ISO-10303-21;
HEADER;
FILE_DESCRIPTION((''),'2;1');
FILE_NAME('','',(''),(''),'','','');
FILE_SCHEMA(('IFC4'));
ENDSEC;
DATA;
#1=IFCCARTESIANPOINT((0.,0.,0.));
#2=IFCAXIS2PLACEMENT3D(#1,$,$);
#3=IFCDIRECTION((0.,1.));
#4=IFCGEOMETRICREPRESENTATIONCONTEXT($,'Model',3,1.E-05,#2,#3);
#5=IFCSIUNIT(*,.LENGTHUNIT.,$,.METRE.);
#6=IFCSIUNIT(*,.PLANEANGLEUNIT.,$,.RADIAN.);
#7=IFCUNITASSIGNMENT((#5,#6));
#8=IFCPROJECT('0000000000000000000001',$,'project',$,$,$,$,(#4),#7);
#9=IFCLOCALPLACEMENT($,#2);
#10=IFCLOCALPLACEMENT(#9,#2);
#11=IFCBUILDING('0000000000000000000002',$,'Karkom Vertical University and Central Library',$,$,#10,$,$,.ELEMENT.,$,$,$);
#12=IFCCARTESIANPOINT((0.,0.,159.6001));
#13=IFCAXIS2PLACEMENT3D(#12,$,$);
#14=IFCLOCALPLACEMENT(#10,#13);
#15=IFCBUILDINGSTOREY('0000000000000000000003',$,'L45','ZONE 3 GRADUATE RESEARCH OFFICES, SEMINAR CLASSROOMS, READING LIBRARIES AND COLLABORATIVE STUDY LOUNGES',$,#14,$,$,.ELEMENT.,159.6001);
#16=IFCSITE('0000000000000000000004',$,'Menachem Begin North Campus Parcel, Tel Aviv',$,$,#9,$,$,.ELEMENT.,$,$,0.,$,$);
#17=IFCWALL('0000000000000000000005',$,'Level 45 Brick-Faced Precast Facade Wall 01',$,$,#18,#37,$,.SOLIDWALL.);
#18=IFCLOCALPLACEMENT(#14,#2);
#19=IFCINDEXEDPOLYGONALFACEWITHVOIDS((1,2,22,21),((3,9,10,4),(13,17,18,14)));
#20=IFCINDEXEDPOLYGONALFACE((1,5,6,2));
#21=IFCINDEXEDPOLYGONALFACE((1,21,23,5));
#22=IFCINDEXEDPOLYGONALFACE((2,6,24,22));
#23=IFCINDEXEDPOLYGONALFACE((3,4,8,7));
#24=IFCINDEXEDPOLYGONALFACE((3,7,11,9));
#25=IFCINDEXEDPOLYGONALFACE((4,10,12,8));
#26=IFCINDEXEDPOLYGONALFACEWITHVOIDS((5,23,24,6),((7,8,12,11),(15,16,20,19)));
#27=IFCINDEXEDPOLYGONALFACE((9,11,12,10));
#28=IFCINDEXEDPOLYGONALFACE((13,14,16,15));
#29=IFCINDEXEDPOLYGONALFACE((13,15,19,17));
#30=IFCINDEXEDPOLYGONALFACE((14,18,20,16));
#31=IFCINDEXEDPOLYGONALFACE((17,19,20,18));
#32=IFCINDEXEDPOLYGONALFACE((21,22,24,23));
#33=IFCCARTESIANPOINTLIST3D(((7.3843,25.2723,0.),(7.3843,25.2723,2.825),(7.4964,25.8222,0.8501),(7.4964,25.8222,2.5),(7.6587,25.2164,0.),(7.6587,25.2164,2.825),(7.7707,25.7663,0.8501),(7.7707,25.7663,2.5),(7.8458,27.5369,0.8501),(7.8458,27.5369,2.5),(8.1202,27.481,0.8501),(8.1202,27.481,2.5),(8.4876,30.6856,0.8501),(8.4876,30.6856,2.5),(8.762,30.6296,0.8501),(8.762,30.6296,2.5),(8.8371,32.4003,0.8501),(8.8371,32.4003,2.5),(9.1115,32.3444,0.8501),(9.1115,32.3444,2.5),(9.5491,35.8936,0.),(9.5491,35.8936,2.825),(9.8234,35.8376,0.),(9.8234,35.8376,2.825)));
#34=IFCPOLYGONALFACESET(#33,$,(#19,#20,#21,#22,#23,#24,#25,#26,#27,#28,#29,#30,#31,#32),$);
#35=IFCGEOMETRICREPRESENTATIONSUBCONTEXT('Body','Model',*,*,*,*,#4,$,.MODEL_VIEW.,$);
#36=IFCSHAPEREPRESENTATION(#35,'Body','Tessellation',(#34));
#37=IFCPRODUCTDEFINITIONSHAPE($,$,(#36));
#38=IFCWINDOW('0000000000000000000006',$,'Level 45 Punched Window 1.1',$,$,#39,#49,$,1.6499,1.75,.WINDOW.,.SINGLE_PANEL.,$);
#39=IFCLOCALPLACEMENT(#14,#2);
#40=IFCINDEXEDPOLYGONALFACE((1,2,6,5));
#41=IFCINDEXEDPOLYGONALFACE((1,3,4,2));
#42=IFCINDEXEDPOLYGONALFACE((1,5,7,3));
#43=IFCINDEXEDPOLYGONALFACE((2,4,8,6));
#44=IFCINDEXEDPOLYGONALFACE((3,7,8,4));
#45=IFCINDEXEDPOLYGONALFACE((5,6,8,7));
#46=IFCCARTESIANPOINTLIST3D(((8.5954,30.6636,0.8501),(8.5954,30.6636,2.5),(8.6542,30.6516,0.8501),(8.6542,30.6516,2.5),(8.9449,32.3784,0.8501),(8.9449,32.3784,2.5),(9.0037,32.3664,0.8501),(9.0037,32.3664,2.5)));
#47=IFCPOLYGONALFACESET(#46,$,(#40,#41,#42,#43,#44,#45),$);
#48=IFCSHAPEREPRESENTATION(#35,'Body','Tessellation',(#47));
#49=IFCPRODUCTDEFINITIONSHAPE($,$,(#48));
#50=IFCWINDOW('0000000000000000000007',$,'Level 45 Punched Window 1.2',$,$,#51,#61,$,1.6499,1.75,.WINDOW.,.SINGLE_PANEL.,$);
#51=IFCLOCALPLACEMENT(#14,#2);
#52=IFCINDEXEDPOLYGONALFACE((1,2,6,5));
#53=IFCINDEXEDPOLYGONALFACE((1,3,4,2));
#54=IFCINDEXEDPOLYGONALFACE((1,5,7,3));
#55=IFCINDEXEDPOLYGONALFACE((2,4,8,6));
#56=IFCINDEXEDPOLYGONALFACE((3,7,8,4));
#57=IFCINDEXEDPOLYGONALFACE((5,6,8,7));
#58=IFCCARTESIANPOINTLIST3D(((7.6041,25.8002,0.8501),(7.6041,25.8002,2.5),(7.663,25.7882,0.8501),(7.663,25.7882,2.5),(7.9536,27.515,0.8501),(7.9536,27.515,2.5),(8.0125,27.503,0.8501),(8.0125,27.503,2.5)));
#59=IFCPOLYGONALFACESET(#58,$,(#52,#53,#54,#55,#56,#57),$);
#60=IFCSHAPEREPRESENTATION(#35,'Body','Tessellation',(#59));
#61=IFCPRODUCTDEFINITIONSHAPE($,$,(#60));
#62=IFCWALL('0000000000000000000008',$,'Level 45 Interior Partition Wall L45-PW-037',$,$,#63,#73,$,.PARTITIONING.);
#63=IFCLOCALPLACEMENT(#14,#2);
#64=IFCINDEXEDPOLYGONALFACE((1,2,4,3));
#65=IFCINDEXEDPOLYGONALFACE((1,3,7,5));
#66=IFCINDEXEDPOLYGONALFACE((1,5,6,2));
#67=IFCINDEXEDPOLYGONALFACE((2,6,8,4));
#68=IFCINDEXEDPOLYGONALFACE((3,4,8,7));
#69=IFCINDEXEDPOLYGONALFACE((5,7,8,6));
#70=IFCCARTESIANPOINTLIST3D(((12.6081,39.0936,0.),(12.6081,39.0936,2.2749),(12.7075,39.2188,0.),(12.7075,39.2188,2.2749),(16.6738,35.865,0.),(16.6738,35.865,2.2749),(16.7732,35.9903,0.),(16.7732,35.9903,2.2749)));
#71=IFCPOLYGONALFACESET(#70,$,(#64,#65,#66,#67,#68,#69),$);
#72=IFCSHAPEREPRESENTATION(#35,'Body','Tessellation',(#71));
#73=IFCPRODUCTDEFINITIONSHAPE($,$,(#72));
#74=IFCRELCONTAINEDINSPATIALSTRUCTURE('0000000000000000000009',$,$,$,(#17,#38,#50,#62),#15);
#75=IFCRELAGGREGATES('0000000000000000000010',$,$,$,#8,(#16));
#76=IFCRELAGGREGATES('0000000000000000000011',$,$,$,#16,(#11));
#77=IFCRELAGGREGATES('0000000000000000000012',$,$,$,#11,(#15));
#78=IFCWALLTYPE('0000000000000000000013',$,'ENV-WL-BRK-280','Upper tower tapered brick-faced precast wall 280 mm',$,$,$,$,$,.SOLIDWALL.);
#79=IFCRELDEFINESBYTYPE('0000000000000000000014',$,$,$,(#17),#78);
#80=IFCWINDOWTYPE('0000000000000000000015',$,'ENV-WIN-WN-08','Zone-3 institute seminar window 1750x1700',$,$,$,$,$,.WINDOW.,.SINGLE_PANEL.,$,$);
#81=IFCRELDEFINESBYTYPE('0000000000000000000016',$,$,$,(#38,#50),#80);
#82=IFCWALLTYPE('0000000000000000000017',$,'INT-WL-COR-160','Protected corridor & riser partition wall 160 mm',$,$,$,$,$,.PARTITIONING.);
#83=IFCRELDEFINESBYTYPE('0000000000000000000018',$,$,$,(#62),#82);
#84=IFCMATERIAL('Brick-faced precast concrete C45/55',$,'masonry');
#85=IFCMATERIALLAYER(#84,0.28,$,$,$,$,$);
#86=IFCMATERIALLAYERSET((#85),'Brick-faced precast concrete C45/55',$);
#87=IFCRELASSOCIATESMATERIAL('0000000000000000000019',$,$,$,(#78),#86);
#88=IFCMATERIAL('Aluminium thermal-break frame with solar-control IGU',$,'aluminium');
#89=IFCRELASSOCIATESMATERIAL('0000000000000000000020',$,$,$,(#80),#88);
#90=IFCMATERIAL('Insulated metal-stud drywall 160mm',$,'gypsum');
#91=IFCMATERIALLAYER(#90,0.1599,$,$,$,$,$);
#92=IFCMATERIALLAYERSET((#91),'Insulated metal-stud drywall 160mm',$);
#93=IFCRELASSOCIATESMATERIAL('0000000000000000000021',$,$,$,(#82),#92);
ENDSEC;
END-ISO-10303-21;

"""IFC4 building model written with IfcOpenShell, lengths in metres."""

from ifc_helpers import new_model, si_unit, direction, frame, frame_2d, origin, origin_with_axes, place, context, subcontext, project, spatial, rectangle, extrude, source, transform, mapped, material, layer, layer_set, type_object, element, fill, save


model = new_model("IFC4")

# Units and contexts
model_context = context("Model", 3, precision=1e-05, world=origin(), true_north=direction((0.0, 1.0)))
body_context = subcontext(model_context, "Body", "Model", "MODEL_VIEW")
ifc_project = project(units=[si_unit("LENGTHUNIT", "METRE"), si_unit("PLANEANGLEUNIT", "RADIAN")], contexts=[model_context])

# Site, building, storey
site_placement = place(None, origin())
site = spatial("IfcSite", under=ifc_project, at=site_placement, Name="Menachem Begin North Campus Parcel, Tel Aviv", CompositionType="ELEMENT", RefElevation=0.0)
building_placement = place(site_placement, origin())
building = spatial("IfcBuilding", under=site, at=building_placement, Name="Karkom Vertical University and Central Library", CompositionType="ELEMENT")
storey_placement = place(building_placement, frame((0.0, 0.0, 159.6001)))
storey = spatial("IfcBuildingStorey", under=building, at=storey_placement, Name="L45", Description="ZONE 3 GRADUATE RESEARCH OFFICES, SEMINAR CLASSROOMS, READING LIBRARIES AND COLLABORATIVE STUDY LOUNGES", CompositionType="ELEMENT", Elevation=159.6001)

# Wall, openings, windows
ifc_material_1 = material(Name="Brick-faced precast concrete C45/55", Category="masonry")
ifc_layer_1 = layer(ifc_material_1, 0.28)
ifc_layer_set_1 = layer_set([ifc_layer_1], Name="Brick-faced precast concrete C45/55")
wall_type_1 = type_object("IfcWallType", Name="ENV-WL-BRK-280", Description="Upper tower tapered brick-faced precast wall 280 mm", PredefinedType="SOLIDWALL", material=ifc_layer_set_1)
wall_1_placement = place(storey_placement, frame((9.6863, 35.8657, 0.0), z_axis=(0.0, 0.0, 1.0), x_axis=(-0.19971, -0.979855, 0.0)))
wall_1 = element("IfcWall", 1, at=wall_1_placement, inside=storey, type_object=wall_type_1, Name="Level 45 Brick-Faced Precast Facade Wall 01", PredefinedType="SOLIDWALL", context=body_context, shape_type="SweptSolid", body=[
    extrude(rectangle(XDim=10.8396, YDim=0.28, at=frame_2d((5.4199, 0.0))), origin(), (0.0, 0.0, 1.0), 2.825),
])
opening_1_placement = place(wall_1_placement, frame((3.5652, 0.0, 0.8501)))
opening_1 = element("IfcOpeningElement", 2, at=opening_1_placement, cuts=wall_1, PredefinedType="OPENING", context=body_context, shape_type="SweptSolid", body=[
    extrude(rectangle(XDim=1.75, YDim=1.6499, at=frame_2d((0.875, 0.825))), frame((0.0, 0.1499, 0.0), z_axis=(0.0, -1.0, 0.0), x_axis=(1.0, 0.0, 0.0)), (0.0, 0.0, 1.0), 0.3),
])
opening_2_placement = place(wall_1_placement, frame((8.5286, 0.0, 0.8501)))
opening_2 = element("IfcOpeningElement", 3, at=opening_2_placement, cuts=wall_1, PredefinedType="OPENING", context=body_context, shape_type="SweptSolid", body=[
    extrude(rectangle(XDim=1.75, YDim=1.6499, at=frame_2d((0.875, 0.825))), frame((0.0, 0.1499, 0.0), z_axis=(0.0, -1.0, 0.0), x_axis=(1.0, 0.0, 0.0)), (0.0, 0.0, 1.0), 0.3),
])
ifc_material_2 = material(Name="Aluminium thermal-break frame with solar-control IGU", Category="aluminium")
window_type = type_object("IfcWindowType", Name="ENV-WIN-WN-08", Description="Zone-3 institute seminar window 1750x1700", PartitioningType="SINGLE_PANEL", PredefinedType="WINDOW", material=ifc_material_2)
shared_shape_1 = source(origin_with_axes(), body_context, "Body", "SweptSolid", [
    extrude(rectangle(XDim=1.75, YDim=1.6499, at=frame_2d((0.875, 0.825))), frame((0.0, 0.03, 0.0), z_axis=(0.0, -1.0, 0.0), x_axis=(1.0, 0.0, 0.0)), (0.0, 0.0, 1.0), 0.0601),
])
window_1_placement = place(opening_1_placement, origin())
window_1 = element("IfcWindow", 4, at=window_1_placement, inside=storey, type_object=window_type, Name="Level 45 Punched Window 1.1", OverallHeight=1.6499, OverallWidth=1.75, PartitioningType="SINGLE_PANEL", PredefinedType="WINDOW", context=body_context, shape_type="MappedRepresentation", body=[
    mapped(shared_shape_1, transform((0.0, 0.0, 0.0), scale=1.0)),
])
fill(opening_1, window_1)
window_2_placement = place(opening_2_placement, origin())
window_2 = element("IfcWindow", 5, at=window_2_placement, inside=storey, type_object=window_type, Name="Level 45 Punched Window 1.2", OverallHeight=1.6499, OverallWidth=1.75, PartitioningType="SINGLE_PANEL", PredefinedType="WINDOW", context=body_context, shape_type="MappedRepresentation", body=[
    mapped(shared_shape_1, transform((0.0, 0.0, 0.0), scale=1.0)),
])
fill(opening_2, window_2)

# Shared definitions
ifc_material_3 = material(Name="Insulated metal-stud drywall 160mm", Category="gypsum")
ifc_layer_2 = layer(ifc_material_3, 0.1599)
ifc_layer_set_2 = layer_set([ifc_layer_2], Name="Insulated metal-stud drywall 160mm")
wall_type_2 = type_object("IfcWallType", Name="INT-WL-COR-160", Description="Protected corridor & riser partition wall 160 mm", PredefinedType="PARTITIONING", material=ifc_layer_set_2)

# Wall
wall_2_placement = place(storey_placement, frame((16.7234, 35.9277, 0.0), z_axis=(0.0, 0.0, 1.0), x_axis=(-0.783121, 0.621869, 0.0)))
element("IfcWall", 6, at=wall_2_placement, inside=storey, type_object=wall_type_2, Name="Level 45 Interior Partition Wall L45-PW-037", PredefinedType="PARTITIONING", context=body_context, shape_type="SweptSolid", body=[
    extrude(rectangle(XDim=5.1917, YDim=0.1599, at=frame_2d((2.5957, 0.0))), origin(), (0.0, 0.0, 1.0), 2.2749),
])

save(model, "model.ifc")
